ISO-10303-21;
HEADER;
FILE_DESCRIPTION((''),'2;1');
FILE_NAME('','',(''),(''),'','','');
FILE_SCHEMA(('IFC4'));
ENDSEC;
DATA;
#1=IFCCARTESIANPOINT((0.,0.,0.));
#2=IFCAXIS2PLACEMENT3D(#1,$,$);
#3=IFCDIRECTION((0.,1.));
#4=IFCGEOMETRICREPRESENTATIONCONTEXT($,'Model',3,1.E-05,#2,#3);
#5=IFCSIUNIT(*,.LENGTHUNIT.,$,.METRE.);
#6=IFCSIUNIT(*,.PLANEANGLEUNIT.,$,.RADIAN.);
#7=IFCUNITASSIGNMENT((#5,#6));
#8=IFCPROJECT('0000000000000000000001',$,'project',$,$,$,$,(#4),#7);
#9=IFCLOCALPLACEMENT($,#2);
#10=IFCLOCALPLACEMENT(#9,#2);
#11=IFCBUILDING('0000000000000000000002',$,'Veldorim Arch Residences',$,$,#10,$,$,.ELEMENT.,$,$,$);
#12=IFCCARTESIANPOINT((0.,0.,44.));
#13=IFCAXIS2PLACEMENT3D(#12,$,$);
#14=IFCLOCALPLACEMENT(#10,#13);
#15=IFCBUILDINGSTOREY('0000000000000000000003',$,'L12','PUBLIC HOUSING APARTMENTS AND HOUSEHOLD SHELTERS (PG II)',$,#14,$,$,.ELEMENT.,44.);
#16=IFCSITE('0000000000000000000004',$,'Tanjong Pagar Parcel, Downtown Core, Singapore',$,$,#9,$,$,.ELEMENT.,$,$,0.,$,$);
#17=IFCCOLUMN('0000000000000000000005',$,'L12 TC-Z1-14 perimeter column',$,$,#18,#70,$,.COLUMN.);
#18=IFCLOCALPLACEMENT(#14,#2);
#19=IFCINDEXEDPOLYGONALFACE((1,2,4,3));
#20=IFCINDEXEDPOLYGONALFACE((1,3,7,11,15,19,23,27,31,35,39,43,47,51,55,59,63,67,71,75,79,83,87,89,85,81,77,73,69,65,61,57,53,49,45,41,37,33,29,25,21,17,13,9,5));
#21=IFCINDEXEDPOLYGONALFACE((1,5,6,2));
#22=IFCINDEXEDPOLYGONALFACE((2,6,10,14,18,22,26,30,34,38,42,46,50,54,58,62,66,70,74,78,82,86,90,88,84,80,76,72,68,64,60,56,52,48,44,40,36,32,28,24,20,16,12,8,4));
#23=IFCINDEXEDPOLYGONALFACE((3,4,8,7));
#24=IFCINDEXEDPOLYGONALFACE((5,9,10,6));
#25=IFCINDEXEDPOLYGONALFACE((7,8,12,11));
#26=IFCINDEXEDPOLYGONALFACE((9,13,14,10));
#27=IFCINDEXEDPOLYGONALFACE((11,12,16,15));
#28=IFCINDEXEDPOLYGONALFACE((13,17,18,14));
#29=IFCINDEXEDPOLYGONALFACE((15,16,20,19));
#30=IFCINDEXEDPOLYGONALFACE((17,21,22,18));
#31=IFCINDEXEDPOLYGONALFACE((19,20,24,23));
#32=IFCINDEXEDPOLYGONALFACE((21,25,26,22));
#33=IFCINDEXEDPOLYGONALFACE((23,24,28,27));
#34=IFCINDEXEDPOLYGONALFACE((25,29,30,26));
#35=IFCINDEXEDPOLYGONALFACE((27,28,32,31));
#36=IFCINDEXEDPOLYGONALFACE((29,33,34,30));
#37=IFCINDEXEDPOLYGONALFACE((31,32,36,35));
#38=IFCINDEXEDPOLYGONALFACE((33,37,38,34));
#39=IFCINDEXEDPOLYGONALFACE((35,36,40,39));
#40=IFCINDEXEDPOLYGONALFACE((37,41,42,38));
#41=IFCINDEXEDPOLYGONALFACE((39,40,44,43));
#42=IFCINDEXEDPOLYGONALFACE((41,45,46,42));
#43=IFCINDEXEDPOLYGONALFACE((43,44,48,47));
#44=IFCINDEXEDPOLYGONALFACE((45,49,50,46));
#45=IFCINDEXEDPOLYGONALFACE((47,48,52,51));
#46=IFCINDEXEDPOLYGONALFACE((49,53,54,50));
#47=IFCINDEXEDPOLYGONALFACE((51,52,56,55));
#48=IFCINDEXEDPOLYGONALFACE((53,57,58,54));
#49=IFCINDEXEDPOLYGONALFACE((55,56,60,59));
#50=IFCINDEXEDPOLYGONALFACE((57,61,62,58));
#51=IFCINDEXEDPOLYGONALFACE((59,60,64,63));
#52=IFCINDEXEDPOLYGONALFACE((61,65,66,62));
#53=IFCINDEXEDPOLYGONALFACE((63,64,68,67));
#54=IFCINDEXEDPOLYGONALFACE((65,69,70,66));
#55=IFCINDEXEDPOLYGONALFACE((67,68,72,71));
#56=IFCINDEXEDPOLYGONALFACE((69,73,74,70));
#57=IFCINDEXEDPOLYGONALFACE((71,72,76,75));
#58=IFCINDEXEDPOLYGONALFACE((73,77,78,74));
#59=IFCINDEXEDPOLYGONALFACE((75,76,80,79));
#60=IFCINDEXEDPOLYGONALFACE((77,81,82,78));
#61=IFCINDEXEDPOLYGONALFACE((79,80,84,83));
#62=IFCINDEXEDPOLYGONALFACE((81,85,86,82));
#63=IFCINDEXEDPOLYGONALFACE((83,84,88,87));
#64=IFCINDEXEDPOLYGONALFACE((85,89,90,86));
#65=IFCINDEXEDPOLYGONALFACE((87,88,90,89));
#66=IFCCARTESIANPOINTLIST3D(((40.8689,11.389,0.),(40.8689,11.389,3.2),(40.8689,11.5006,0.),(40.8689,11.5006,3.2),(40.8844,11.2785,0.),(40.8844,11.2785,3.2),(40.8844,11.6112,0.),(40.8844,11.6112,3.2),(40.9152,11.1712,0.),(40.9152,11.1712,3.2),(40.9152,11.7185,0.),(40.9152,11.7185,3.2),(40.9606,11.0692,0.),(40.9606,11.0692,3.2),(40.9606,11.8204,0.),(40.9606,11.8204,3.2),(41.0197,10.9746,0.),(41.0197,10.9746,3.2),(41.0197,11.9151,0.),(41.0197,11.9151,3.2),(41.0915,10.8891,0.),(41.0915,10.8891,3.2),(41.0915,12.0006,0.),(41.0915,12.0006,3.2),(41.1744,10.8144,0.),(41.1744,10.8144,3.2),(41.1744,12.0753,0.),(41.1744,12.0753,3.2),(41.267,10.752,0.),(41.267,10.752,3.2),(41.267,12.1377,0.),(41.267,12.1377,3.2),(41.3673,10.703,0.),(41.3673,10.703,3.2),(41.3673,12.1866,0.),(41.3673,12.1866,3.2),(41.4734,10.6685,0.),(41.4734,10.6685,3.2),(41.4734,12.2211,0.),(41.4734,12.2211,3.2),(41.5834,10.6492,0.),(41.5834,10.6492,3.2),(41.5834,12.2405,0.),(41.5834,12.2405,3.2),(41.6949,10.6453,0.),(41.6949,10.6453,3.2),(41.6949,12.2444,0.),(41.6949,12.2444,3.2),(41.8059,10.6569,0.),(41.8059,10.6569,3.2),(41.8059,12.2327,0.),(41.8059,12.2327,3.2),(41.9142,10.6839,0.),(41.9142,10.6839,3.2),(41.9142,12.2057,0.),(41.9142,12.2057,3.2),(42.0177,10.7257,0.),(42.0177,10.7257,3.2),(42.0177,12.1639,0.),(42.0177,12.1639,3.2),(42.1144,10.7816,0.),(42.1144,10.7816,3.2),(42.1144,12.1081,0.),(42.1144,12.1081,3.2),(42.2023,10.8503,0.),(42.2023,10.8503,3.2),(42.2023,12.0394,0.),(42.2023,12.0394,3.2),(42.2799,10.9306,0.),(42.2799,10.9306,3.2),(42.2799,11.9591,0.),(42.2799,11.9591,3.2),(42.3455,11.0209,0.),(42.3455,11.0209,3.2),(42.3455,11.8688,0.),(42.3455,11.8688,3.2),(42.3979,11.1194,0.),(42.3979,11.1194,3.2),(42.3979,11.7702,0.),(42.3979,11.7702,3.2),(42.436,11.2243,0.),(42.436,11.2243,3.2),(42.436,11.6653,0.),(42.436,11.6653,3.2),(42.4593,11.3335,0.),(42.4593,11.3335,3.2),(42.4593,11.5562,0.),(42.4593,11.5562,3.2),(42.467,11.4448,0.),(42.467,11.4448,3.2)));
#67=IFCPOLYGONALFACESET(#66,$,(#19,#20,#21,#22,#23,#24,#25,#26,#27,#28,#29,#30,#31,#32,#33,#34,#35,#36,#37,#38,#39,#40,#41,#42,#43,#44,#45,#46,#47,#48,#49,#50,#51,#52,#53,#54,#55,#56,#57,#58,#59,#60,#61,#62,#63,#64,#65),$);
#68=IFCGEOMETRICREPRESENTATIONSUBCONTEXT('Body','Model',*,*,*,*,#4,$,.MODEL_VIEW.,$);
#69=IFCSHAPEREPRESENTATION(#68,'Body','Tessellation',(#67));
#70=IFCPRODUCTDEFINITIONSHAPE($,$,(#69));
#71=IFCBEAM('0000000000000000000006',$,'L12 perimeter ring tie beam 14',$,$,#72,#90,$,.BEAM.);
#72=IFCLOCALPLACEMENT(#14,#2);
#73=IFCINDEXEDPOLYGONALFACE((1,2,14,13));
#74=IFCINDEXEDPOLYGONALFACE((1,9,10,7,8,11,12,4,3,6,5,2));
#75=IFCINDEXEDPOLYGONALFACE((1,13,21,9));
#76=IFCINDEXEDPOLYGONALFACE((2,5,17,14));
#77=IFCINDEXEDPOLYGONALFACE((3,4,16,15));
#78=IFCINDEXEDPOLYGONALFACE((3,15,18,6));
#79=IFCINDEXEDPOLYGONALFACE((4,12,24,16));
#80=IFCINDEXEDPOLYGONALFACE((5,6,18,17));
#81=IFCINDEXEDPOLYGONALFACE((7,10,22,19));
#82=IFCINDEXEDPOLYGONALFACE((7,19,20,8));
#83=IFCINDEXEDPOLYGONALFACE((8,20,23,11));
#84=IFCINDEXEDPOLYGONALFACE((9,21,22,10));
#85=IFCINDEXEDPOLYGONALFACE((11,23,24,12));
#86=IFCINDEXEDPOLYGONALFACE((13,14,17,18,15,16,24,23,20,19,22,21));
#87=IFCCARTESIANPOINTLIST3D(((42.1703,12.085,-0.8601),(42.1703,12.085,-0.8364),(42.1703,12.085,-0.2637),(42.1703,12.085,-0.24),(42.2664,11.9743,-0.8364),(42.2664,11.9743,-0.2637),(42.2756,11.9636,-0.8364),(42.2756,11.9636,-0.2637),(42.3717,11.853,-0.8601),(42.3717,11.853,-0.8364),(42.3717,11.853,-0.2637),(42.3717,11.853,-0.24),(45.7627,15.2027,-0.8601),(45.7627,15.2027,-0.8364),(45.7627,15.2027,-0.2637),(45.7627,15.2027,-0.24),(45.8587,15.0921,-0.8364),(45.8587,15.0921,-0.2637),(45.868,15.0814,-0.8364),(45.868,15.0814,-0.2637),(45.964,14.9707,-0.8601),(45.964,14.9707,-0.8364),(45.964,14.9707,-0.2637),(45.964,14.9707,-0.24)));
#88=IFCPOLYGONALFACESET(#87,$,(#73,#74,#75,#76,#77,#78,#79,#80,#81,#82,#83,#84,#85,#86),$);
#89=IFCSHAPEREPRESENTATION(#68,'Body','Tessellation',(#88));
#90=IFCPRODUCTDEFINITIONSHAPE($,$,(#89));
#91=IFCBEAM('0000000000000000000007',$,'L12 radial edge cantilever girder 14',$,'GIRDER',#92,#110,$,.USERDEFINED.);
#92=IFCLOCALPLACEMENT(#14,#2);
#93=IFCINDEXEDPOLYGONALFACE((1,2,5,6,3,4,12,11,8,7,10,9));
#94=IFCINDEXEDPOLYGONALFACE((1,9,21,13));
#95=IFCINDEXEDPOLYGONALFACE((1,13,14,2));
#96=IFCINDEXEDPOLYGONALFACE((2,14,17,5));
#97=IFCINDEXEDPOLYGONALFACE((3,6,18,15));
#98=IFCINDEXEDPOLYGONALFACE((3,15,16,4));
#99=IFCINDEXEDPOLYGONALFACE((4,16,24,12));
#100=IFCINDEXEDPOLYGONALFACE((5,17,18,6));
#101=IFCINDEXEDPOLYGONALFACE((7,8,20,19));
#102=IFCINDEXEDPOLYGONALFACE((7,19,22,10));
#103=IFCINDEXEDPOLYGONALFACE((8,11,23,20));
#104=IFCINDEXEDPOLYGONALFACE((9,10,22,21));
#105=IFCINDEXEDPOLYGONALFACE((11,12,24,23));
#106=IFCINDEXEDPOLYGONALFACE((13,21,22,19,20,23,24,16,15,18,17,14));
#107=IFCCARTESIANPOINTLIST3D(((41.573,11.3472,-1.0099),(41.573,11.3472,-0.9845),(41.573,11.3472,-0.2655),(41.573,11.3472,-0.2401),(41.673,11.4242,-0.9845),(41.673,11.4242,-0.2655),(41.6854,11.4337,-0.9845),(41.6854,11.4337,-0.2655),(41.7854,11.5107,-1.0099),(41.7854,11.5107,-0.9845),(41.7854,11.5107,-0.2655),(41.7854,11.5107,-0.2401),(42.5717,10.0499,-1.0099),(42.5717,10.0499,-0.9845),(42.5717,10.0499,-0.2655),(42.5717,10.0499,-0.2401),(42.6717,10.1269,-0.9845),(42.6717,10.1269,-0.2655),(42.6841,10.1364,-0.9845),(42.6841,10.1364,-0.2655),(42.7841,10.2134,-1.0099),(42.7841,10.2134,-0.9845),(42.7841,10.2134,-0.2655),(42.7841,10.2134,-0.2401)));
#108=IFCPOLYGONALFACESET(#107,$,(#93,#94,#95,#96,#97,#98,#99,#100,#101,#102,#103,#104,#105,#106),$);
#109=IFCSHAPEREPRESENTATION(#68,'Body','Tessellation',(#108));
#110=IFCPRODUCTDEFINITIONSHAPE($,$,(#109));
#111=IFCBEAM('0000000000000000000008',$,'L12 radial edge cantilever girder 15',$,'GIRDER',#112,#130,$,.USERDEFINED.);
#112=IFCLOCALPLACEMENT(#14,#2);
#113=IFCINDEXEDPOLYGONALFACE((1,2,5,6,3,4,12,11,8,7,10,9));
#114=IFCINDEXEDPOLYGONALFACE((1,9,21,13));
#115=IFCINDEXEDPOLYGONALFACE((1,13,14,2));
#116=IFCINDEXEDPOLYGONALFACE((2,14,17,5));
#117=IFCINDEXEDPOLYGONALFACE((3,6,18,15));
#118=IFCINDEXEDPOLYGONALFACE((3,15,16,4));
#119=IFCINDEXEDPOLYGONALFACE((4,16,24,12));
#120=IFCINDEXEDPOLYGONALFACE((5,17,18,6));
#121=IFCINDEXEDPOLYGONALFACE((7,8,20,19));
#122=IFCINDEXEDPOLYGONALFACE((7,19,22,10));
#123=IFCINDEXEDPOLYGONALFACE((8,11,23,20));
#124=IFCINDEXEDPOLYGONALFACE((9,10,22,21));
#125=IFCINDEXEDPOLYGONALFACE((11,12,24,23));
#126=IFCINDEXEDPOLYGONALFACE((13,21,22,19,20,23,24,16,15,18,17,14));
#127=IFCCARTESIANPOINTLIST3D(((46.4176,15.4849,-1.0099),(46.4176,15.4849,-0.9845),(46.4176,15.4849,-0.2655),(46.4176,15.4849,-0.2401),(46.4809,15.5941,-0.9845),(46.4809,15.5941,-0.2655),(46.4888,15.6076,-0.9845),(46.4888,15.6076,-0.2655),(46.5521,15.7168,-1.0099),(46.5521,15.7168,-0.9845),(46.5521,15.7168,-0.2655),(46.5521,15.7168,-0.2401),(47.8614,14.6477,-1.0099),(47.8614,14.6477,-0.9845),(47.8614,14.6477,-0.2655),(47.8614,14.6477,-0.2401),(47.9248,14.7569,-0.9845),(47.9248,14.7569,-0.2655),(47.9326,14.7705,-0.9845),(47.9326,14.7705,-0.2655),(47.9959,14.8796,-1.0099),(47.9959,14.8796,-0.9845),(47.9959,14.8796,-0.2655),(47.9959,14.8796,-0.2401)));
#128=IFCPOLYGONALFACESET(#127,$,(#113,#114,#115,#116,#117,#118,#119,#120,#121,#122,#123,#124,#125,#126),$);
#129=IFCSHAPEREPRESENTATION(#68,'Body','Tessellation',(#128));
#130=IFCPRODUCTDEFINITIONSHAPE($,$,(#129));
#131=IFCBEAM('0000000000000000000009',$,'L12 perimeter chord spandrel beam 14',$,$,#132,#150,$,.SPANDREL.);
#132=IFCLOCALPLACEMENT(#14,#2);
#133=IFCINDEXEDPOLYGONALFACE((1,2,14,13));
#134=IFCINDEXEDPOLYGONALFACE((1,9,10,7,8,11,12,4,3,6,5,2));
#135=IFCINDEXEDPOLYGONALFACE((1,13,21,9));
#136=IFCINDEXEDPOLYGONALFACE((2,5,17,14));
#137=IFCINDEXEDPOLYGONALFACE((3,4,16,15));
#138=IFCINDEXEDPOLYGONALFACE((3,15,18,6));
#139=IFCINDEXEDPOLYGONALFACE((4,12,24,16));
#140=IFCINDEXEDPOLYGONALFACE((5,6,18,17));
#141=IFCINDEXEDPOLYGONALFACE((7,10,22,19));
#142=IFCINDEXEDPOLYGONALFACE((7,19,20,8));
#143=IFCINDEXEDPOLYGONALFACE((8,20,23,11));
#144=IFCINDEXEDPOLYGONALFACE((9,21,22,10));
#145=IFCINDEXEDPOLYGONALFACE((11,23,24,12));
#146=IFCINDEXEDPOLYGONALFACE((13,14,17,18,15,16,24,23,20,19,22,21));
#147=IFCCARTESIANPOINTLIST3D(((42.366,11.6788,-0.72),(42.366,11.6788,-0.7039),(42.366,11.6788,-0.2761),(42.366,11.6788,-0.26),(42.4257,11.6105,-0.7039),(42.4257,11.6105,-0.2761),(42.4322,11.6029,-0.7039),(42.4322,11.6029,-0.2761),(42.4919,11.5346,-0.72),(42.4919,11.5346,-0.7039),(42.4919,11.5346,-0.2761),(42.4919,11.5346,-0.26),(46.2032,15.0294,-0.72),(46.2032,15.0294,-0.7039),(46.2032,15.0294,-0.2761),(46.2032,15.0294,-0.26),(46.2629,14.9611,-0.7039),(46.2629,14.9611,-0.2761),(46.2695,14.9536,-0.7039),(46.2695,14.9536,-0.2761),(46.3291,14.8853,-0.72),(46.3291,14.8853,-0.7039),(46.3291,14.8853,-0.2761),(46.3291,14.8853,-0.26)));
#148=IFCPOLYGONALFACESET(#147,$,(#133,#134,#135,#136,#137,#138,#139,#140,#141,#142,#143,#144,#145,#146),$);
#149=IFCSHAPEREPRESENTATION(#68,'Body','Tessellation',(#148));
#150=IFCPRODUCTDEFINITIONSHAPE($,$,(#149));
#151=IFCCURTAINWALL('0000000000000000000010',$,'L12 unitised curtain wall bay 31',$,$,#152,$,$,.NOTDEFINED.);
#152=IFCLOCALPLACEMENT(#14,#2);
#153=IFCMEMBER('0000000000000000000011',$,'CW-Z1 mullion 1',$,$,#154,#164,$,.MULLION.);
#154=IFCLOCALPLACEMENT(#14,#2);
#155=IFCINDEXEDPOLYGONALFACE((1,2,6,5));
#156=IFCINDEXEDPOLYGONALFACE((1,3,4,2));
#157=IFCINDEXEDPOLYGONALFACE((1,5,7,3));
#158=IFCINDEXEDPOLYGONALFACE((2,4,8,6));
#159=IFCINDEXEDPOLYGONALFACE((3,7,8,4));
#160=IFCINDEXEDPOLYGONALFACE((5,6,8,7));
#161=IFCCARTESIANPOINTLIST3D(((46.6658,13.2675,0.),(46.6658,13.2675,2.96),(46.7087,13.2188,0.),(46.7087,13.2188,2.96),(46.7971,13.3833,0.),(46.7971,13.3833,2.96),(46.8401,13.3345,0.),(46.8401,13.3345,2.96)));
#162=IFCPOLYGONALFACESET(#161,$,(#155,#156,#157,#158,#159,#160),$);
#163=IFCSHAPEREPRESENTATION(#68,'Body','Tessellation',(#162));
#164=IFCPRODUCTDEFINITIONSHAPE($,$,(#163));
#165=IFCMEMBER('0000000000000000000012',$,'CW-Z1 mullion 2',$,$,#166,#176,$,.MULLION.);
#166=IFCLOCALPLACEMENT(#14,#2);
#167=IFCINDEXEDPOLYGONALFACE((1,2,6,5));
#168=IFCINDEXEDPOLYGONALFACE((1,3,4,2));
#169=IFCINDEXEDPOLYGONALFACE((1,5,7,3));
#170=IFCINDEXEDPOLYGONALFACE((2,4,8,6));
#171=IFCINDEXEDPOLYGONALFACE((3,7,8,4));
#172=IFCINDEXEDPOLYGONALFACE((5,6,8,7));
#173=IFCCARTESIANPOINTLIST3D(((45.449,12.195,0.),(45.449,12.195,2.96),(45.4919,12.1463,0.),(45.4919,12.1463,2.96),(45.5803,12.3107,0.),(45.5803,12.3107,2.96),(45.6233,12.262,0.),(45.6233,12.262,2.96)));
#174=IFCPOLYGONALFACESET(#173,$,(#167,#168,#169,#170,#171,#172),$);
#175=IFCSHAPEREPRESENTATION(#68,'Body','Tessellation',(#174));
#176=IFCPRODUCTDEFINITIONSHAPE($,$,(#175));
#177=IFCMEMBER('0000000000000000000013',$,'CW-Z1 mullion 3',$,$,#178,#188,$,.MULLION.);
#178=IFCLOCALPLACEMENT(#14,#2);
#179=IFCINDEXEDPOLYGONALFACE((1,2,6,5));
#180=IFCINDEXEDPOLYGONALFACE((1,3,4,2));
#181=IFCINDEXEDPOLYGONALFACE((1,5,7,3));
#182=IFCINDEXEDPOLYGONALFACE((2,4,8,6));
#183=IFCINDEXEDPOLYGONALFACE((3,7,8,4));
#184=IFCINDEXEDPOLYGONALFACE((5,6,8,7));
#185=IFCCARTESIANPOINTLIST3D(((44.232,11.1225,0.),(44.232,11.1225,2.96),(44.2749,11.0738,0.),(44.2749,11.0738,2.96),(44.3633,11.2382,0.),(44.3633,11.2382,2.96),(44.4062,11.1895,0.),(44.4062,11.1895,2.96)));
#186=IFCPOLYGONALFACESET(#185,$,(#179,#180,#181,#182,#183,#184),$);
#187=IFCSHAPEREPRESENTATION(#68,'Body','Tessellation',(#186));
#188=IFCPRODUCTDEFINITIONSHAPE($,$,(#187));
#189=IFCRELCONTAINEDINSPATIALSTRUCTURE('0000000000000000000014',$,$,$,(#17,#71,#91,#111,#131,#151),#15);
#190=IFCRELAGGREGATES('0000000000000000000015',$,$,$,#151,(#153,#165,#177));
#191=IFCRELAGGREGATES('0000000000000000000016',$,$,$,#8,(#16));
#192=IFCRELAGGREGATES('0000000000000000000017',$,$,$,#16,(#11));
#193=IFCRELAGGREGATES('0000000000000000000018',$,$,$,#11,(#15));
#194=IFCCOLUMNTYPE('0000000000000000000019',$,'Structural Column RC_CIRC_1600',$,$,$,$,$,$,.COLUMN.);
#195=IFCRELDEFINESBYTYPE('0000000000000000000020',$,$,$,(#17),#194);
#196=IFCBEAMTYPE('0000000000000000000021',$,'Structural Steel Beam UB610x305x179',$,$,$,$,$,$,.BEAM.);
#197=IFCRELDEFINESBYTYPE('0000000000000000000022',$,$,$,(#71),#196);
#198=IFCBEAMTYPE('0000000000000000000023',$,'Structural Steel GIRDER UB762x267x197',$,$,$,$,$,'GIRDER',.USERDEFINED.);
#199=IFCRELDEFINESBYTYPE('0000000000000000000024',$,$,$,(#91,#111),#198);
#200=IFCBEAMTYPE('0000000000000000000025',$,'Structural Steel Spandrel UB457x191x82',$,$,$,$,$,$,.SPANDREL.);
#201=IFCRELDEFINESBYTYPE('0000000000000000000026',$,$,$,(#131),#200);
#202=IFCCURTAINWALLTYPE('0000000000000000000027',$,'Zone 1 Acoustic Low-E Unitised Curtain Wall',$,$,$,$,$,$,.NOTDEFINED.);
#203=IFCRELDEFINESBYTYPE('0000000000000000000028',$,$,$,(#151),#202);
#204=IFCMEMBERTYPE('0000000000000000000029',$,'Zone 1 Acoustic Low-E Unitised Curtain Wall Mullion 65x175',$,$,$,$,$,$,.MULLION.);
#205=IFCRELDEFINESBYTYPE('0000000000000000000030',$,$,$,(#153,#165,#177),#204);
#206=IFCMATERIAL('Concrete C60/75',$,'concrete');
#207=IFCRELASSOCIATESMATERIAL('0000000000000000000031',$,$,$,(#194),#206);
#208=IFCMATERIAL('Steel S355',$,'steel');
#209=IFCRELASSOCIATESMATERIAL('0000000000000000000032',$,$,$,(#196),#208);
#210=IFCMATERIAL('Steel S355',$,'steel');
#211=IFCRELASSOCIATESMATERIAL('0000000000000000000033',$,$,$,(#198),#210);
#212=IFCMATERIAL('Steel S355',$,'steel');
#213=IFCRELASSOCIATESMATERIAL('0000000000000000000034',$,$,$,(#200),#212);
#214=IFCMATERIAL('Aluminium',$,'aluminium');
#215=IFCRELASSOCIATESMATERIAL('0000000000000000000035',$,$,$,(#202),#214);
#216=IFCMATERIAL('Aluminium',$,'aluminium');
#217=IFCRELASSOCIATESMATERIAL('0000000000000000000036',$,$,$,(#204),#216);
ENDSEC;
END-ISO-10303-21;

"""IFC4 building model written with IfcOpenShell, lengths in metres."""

from ifc_helpers import new_model, si_unit, direction, frame, origin, origin_2d, place, context, subcontext, project, spatial, rectangle, circle, i_section, extrude, material, material_profile, profile_set, type_object, element, aggregate, save


model = new_model("IFC4")

# Units and contexts
model_context = context("Model", 3, precision=1e-05, world=origin(), true_north=direction((0.0, 1.0)))
body_context = subcontext(model_context, "Body", "Model", "MODEL_VIEW")
ifc_project = project(units=[si_unit("LENGTHUNIT", "METRE"), si_unit("PLANEANGLEUNIT", "RADIAN")], contexts=[model_context])

# Site, building, storey
site_placement = place(None, origin())
site = spatial("IfcSite", under=ifc_project, at=site_placement, Name="Tanjong Pagar Parcel, Downtown Core, Singapore", CompositionType="ELEMENT", RefElevation=0.0)
building_placement = place(site_placement, origin())
building = spatial("IfcBuilding", under=site, at=building_placement, Name="Veldorim Arch Residences", CompositionType="ELEMENT")
storey_placement = place(building_placement, frame((0.0, 0.0, 44.0)))
storey = spatial("IfcBuildingStorey", under=building, at=storey_placement, Name="L12", Description="PUBLIC HOUSING APARTMENTS AND HOUSEHOLD SHELTERS (PG II)", CompositionType="ELEMENT", Elevation=44.0)

# Column
ifc_material_1 = material(Name="Concrete C60/75", Category="concrete")
ifc_material_profile_1 = material_profile(ifc_material_1, circle(Radius=0.8, at=origin_2d()), Name="RC_CIRC_1600")
ifc_profile_set_1 = profile_set([ifc_material_profile_1], Name="Concrete C60/75")
column_type = type_object("IfcColumnType", Name="Structural Column RC_CIRC_1600", PredefinedType="COLUMN", material=ifc_profile_set_1)
column_placement = place(storey_placement, frame((41.667, 11.4448, 0.0), z_axis=(0.0, 0.0, 1.0), x_axis=(1.0, 0.0, 0.0)))
element("IfcColumn", 1, at=column_placement, inside=storey, type_object=column_type, Name="L12 TC-Z1-14 perimeter column", PredefinedType="COLUMN", context=body_context, shape_type="SweptSolid", body=[
    extrude(circle(Radius=0.8, at=origin_2d()), origin(), (0.0, 0.0, 1.0), 3.2),
])

# Beams
ifc_material_2 = material(Name="Steel S355", Category="steel")
ifc_material_profile_2 = material_profile(ifc_material_2, i_section(OverallWidth=0.3071, OverallDepth=0.6201, WebThickness=0.0142, FlangeThickness=0.0237, at=origin_2d()), Name="UB610x305x179")
ifc_profile_set_2 = profile_set([ifc_material_profile_2], Name="Steel S355")
beam_type_1 = type_object("IfcBeamType", Name="Structural Steel Beam UB610x305x179", PredefinedType="BEAM", material=ifc_profile_set_2)
beam_1_placement = place(storey_placement, frame((42.271, 11.969, -0.55), z_axis=(0.755235, 0.655454, 0.0), x_axis=(-0.655454, 0.755235, 0.0)))
element("IfcBeam", 2, at=beam_1_placement, inside=storey, type_object=beam_type_1, Name="L12 perimeter ring tie beam 14", PredefinedType="BEAM", context=body_context, shape_type="SweptSolid", body=[
    extrude(i_section(OverallWidth=0.3071, OverallDepth=0.6201, WebThickness=0.0142, FlangeThickness=0.0237, at=origin_2d()), origin(), (0.0, 0.0, 1.0), 4.7566),
])
ifc_material_3 = material(Name="Steel S355", Category="steel")
ifc_material_profile_3 = material_profile(ifc_material_3, i_section(OverallWidth=0.2681, OverallDepth=0.7698, WebThickness=0.0156, FlangeThickness=0.0254, at=origin_2d()), Name="UB762x267x197")
ifc_profile_set_3 = profile_set([ifc_material_profile_3], Name="Steel S355")
beam_type_2 = type_object("IfcBeamType", Name="Structural Steel GIRDER UB762x267x197", ElementType="GIRDER", PredefinedType="USERDEFINED", material=ifc_profile_set_3)
beam_2_placement = place(storey_placement, frame((41.6792, 11.429, -0.625), z_axis=(0.610021, -0.792386, 0.0), x_axis=(0.792386, 0.610021, 0.0)))
element("IfcBeam", 3, at=beam_2_placement, inside=storey, type_object=beam_type_2, Name="L12 radial edge cantilever girder 14", ObjectType="GIRDER", PredefinedType="USERDEFINED", context=body_context, shape_type="SweptSolid", body=[
    extrude(i_section(OverallWidth=0.2681, OverallDepth=0.7698, WebThickness=0.0156, FlangeThickness=0.0254, at=origin_2d()), origin(), (0.0, 0.0, 1.0), 1.6372),
])
beam_3_placement = place(storey_placement, frame((46.4849, 15.6008, -0.625), z_axis=(0.865102, -0.501595, 0.0), x_axis=(0.501595, 0.865102, 0.0)))
element("IfcBeam", 4, at=beam_3_placement, inside=storey, type_object=beam_type_2, Name="L12 radial edge cantilever girder 15", ObjectType="GIRDER", PredefinedType="USERDEFINED", context=body_context, shape_type="SweptSolid", body=[
    extrude(i_section(OverallWidth=0.2681, OverallDepth=0.7698, WebThickness=0.0156, FlangeThickness=0.0254, at=origin_2d()), origin(), (0.0, 0.0, 1.0), 1.6689),
])
ifc_material_4 = material(Name="Steel S355", Category="steel")
ifc_material_profile_4 = material_profile(ifc_material_4, i_section(OverallWidth=0.1914, OverallDepth=0.46, WebThickness=0.01, FlangeThickness=0.0161, at=origin_2d()), Name="UB457x191x82")
ifc_profile_set_4 = profile_set([ifc_material_profile_4], Name="Steel S355")
beam_type_3 = type_object("IfcBeamType", Name="Structural Steel Spandrel UB457x191x82", PredefinedType="SPANDREL", material=ifc_profile_set_4)
beam_4_placement = place(storey_placement, frame((42.429, 11.6067, -0.49), z_axis=(0.75325, 0.657734, 0.0), x_axis=(-0.657734, 0.75325, 0.0)))
element("IfcBeam", 5, at=beam_4_placement, inside=storey, type_object=beam_type_3, Name="L12 perimeter chord spandrel beam 14", PredefinedType="SPANDREL", context=body_context, shape_type="SweptSolid", body=[
    extrude(i_section(OverallWidth=0.1914, OverallDepth=0.46, WebThickness=0.01, FlangeThickness=0.0161, at=origin_2d()), origin(), (0.0, 0.0, 1.0), 5.0942),
])

# Curtain wall, members
ifc_material_5 = material(Name="Aluminium", Category="aluminium")
curtain_wall_type = type_object("IfcCurtainWallType", Name="Zone 1 Acoustic Low-E Unitised Curtain Wall", PredefinedType="NOTDEFINED", material=ifc_material_5)
curtain_wall_placement = place(storey_placement, origin())
curtain_wall = element("IfcCurtainWall", 6, at=curtain_wall_placement, inside=storey, type_object=curtain_wall_type, Name="L12 unitised curtain wall bay 31", PredefinedType="NOTDEFINED")
ifc_material_6 = material(Name="Aluminium", Category="aluminium")
ifc_material_profile_5 = material_profile(ifc_material_6, rectangle(XDim=0.0649, YDim=0.175, at=origin_2d()), Name="ALU_MUL_65x175")
ifc_profile_set_5 = profile_set([ifc_material_profile_5], Name="Aluminium")
member_type_1 = type_object("IfcMemberType", Name="Zone 1 Acoustic Low-E Unitised Curtain Wall Mullion 65x175", PredefinedType="MULLION", material=ifc_profile_set_5)
member_1_placement = place(storey_placement, frame((46.7529, 13.301, 0.0), z_axis=(0.0, 0.0, 1.0), x_axis=(0.661207, -0.750204, 0.0)))
member_1 = element("IfcMember", 7, at=member_1_placement, type_object=member_type_1, Name="CW-Z1 mullion 1", PredefinedType="MULLION", context=body_context, shape_type="SweptSolid", body=[
    extrude(rectangle(XDim=0.0649, YDim=0.175, at=origin_2d()), origin(), (0.0, 0.0, 1.0), 2.96),
])
member_2_placement = place(storey_placement, frame((45.5361, 12.2285, 0.0), z_axis=(0.0, 0.0, 1.0), x_axis=(0.661207, -0.750204, 0.0)))
member_2 = element("IfcMember", 8, at=member_2_placement, type_object=member_type_1, Name="CW-Z1 mullion 2", PredefinedType="MULLION", context=body_context, shape_type="SweptSolid", body=[
    extrude(rectangle(XDim=0.0649, YDim=0.175, at=origin_2d()), origin(), (0.0, 0.0, 1.0), 2.96),
])
member_3_placement = place(storey_placement, frame((44.3191, 11.156, 0.0), z_axis=(0.0, 0.0, 1.0), x_axis=(0.661207, -0.750204, 0.0)))
member_3 = element("IfcMember", 9, at=member_3_placement, type_object=member_type_1, Name="CW-Z1 mullion 3", PredefinedType="MULLION", context=body_context, shape_type="SweptSolid", body=[
    extrude(rectangle(XDim=0.0649, YDim=0.175, at=origin_2d()), origin(), (0.0, 0.0, 1.0), 2.96),
])
aggregate(curtain_wall, [member_1, member_2, member_3])

save(model, "model.ifc")
